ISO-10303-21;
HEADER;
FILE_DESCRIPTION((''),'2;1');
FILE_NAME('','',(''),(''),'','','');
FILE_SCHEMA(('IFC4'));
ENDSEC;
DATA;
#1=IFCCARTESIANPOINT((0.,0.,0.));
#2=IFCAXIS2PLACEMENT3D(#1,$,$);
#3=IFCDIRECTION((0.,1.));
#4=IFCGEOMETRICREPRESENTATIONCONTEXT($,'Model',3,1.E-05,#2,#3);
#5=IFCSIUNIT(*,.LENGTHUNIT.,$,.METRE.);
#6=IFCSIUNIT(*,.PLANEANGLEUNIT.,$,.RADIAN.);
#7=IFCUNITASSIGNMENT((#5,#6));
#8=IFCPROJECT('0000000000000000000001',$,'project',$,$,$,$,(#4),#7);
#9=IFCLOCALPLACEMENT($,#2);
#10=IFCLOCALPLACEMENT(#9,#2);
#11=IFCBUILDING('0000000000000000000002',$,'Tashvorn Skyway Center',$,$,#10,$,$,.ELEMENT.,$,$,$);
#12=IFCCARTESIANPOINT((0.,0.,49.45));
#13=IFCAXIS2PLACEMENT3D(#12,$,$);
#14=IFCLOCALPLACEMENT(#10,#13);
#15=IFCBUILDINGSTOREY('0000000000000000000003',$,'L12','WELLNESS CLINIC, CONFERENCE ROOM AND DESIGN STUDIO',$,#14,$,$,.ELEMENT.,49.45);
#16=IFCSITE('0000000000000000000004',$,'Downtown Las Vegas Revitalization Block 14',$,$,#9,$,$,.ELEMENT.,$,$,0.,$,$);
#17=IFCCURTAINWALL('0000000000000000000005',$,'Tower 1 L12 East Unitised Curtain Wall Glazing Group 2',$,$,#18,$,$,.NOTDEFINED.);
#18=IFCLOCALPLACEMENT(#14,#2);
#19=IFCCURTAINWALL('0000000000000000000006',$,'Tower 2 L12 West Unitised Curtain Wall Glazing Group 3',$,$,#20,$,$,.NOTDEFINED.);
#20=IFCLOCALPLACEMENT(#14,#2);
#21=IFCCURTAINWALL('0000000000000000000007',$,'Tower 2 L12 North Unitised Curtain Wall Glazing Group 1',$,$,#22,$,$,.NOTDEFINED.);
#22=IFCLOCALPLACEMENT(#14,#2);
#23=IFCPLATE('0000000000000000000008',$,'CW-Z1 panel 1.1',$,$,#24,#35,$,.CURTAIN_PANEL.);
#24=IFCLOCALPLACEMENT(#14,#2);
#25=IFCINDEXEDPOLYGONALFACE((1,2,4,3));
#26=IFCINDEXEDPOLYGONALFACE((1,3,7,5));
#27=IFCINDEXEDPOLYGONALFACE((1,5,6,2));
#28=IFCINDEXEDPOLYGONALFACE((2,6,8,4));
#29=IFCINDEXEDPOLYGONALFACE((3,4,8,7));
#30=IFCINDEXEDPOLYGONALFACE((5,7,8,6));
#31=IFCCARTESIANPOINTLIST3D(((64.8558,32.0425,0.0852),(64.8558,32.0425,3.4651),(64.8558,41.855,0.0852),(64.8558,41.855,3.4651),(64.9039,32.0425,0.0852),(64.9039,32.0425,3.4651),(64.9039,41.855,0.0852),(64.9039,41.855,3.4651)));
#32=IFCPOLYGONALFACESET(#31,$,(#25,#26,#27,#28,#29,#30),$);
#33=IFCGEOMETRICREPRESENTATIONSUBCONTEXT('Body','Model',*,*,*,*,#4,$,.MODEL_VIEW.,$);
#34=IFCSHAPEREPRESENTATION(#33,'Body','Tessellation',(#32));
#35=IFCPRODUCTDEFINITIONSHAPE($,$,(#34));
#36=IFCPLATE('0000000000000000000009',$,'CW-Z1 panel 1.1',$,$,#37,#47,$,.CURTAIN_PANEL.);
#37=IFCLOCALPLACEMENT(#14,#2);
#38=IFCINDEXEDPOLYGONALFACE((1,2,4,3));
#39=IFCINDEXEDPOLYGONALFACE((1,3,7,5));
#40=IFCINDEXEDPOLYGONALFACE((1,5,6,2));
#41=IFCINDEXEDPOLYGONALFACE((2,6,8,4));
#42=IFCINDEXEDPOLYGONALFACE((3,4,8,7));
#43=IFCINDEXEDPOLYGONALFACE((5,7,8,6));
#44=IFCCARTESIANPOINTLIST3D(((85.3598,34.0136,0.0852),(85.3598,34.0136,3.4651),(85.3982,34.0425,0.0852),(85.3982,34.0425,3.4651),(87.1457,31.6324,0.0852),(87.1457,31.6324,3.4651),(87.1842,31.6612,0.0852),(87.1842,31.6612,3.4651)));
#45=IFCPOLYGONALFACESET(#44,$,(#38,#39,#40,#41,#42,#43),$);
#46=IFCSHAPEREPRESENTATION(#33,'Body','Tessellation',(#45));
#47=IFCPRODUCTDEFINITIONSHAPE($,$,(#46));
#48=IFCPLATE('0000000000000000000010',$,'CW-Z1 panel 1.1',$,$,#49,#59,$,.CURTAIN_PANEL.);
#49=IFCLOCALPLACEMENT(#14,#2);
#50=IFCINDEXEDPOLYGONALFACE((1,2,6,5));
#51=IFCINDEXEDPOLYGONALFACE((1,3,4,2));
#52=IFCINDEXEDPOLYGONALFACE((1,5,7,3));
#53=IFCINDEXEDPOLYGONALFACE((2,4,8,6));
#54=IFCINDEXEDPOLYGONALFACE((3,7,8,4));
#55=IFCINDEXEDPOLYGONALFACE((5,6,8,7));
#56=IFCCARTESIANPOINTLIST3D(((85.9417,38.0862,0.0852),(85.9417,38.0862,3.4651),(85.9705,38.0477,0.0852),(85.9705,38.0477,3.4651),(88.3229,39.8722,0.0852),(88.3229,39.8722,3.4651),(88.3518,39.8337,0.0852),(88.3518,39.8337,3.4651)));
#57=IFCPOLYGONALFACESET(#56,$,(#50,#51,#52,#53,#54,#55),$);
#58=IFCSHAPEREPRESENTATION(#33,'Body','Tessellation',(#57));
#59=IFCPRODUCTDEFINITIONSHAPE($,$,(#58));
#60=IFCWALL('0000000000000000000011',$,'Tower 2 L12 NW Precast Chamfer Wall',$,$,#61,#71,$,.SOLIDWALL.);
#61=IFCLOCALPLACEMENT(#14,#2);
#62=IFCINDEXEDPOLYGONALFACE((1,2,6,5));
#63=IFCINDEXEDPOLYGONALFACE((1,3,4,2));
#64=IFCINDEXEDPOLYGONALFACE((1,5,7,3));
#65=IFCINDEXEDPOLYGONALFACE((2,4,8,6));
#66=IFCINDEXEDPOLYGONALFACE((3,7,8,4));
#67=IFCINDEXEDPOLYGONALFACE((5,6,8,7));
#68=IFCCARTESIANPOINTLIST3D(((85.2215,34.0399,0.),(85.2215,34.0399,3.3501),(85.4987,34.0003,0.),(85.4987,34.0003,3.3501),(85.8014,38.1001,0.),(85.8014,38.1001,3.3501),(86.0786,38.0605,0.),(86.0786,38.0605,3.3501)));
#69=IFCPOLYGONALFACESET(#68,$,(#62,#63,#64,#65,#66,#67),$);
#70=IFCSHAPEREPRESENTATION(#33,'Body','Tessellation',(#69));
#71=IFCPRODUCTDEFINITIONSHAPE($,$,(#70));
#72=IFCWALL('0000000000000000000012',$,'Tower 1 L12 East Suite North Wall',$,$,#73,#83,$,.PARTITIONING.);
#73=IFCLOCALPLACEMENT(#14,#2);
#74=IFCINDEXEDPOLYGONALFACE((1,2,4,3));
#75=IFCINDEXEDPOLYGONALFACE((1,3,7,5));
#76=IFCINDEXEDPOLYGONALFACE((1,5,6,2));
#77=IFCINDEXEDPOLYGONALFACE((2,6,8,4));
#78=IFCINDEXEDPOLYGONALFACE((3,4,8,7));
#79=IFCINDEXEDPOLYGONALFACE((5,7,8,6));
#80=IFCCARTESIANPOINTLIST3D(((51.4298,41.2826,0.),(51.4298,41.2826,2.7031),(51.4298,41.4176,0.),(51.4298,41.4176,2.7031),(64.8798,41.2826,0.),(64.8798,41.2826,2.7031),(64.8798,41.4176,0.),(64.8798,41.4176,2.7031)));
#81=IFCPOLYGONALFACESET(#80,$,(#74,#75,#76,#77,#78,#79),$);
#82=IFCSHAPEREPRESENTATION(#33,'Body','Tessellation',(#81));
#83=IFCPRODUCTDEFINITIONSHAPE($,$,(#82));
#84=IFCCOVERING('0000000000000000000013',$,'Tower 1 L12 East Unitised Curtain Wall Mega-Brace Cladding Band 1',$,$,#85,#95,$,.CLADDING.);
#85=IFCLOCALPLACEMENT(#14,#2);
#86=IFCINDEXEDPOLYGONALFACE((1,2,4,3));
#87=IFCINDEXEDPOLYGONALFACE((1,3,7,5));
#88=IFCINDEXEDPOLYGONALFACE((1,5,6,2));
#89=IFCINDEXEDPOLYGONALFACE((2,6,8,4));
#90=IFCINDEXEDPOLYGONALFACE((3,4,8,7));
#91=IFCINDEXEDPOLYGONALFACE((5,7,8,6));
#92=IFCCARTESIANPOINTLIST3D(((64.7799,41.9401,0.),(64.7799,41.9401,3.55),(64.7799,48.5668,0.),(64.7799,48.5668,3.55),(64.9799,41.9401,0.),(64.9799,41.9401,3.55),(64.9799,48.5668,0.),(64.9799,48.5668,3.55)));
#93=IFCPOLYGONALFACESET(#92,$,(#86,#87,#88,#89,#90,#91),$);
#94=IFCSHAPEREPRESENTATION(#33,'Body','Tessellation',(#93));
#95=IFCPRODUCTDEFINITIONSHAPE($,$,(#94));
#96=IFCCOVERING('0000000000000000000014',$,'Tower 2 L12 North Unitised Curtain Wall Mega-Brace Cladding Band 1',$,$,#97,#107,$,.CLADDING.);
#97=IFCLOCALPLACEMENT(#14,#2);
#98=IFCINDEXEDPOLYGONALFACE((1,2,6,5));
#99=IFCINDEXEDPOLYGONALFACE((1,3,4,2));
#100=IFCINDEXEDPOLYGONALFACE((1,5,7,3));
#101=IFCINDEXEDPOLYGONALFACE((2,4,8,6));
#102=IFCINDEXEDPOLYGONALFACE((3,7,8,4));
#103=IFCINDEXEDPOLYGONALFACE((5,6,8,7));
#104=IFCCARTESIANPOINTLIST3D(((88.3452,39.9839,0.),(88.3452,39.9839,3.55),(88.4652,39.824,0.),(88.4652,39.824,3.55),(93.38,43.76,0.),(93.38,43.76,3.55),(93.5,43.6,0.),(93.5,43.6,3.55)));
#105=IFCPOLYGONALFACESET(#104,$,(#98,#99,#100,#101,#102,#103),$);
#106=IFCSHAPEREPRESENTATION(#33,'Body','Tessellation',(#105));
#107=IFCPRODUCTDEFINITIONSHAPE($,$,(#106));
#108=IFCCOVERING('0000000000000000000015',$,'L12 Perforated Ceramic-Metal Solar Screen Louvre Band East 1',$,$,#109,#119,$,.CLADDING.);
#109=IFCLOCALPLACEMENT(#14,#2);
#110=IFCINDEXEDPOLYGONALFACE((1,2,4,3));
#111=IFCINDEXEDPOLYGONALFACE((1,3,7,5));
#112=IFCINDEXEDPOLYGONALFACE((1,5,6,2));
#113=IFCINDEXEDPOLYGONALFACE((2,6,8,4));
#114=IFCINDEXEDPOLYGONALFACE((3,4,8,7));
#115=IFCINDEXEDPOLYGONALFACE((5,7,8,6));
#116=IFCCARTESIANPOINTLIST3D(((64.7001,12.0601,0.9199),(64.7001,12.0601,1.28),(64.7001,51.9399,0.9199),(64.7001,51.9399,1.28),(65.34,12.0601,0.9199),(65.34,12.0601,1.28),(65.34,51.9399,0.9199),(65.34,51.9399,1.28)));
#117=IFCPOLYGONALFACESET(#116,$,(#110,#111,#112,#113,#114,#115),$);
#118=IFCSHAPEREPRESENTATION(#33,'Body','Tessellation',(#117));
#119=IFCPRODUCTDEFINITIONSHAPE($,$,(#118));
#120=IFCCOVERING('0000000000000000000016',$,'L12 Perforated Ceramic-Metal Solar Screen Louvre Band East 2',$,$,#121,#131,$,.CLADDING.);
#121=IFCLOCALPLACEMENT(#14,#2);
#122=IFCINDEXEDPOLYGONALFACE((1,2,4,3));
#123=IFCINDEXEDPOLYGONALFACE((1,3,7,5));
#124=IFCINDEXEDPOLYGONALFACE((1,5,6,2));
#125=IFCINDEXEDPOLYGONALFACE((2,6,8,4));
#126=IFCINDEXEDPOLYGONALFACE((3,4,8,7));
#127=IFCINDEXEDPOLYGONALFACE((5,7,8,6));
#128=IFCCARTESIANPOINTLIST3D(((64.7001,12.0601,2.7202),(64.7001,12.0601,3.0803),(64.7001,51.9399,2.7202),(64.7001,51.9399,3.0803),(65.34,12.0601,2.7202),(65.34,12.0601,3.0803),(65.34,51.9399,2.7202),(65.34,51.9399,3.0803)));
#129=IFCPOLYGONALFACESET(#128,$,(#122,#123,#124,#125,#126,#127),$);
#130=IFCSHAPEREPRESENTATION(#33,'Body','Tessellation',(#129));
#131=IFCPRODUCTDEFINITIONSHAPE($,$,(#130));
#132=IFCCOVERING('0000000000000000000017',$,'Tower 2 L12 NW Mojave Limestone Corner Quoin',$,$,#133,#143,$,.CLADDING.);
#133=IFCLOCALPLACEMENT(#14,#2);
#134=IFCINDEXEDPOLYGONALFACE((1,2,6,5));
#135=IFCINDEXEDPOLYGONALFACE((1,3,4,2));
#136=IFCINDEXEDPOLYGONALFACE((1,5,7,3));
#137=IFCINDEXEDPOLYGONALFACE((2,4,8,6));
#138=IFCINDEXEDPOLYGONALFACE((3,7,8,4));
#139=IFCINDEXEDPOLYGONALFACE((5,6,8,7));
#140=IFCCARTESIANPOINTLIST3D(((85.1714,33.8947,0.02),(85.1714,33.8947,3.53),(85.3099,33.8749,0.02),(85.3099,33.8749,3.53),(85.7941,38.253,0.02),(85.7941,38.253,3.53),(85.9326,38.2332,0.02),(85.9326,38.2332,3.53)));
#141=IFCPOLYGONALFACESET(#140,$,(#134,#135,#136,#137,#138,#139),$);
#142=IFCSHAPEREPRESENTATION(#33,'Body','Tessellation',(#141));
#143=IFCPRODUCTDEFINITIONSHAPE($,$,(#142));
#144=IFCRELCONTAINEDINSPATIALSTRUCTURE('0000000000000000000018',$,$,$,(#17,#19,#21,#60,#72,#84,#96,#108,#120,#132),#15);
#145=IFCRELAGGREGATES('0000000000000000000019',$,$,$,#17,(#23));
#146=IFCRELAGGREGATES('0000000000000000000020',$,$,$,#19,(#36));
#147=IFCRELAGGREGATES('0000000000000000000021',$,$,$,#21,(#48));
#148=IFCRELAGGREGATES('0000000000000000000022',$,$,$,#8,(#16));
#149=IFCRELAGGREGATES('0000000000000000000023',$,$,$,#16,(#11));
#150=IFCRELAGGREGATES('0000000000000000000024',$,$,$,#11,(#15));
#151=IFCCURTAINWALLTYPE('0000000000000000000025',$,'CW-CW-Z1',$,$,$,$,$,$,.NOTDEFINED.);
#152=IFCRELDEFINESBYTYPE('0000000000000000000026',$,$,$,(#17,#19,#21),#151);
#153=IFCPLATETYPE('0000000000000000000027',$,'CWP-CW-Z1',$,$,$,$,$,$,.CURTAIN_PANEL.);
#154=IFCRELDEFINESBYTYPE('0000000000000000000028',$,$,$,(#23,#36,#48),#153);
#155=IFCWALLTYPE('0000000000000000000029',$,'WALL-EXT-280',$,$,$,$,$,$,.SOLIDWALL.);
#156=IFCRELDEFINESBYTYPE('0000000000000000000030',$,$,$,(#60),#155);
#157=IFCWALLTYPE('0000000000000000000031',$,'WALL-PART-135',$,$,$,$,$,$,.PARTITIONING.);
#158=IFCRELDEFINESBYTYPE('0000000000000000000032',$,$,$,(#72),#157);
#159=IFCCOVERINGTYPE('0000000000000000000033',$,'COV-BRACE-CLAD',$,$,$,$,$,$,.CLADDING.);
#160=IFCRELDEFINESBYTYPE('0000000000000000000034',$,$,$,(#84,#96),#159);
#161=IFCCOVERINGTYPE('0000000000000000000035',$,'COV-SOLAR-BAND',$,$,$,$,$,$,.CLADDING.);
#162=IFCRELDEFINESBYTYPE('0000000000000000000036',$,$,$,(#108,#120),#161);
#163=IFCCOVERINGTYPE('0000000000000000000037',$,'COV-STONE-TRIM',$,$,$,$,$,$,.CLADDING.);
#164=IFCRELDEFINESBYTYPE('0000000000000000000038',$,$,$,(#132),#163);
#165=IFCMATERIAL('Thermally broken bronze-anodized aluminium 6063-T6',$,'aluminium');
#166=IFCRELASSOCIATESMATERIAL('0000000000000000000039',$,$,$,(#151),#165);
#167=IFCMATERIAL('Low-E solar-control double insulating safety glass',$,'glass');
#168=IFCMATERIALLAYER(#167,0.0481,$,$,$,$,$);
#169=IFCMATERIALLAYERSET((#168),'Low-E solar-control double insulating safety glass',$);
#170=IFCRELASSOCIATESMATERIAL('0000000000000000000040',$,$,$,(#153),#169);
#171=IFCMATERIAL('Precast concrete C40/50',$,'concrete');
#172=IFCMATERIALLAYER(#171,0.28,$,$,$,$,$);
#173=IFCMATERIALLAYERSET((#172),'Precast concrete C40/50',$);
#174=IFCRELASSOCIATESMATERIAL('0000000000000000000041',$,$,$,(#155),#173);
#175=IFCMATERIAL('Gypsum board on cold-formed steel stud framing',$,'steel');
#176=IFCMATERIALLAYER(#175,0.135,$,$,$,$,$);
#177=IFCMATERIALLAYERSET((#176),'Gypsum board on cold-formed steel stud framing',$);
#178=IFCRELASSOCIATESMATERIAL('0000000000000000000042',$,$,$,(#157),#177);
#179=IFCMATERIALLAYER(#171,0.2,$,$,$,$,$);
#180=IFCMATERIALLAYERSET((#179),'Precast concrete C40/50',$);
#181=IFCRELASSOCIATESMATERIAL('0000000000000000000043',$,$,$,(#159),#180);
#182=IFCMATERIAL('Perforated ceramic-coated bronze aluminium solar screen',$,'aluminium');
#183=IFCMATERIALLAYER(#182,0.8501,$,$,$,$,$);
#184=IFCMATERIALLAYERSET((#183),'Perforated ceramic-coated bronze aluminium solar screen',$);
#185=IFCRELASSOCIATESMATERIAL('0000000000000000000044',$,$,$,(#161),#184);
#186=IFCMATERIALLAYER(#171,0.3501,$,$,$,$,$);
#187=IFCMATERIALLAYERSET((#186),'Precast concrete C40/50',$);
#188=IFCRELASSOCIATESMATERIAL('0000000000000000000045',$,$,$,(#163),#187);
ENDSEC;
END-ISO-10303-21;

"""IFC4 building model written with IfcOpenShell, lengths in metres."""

from ifc_helpers import new_model, si_unit, direction, frame, frame_2d, origin, origin_2d, place, context, subcontext, project, spatial, rectangle, extrude, material, layer, layer_set, type_object, element, aggregate, save


model = new_model("IFC4")

# Units and contexts
model_context = context("Model", 3, precision=1e-05, world=origin(), true_north=direction((0.0, 1.0)))
body_context = subcontext(model_context, "Body", "Model", "MODEL_VIEW")
ifc_project = project(units=[si_unit("LENGTHUNIT", "METRE"), si_unit("PLANEANGLEUNIT", "RADIAN")], contexts=[model_context])

# Site, building, storey
site_placement = place(None, origin())
site = spatial("IfcSite", under=ifc_project, at=site_placement, Name="Downtown Las Vegas Revitalization Block 14", CompositionType="ELEMENT", RefElevation=0.0)
building_placement = place(site_placement, origin())
building = spatial("IfcBuilding", under=site, at=building_placement, Name="Tashvorn Skyway Center", CompositionType="ELEMENT")
storey_placement = place(building_placement, frame((0.0, 0.0, 49.45)))
storey = spatial("IfcBuildingStorey", under=building, at=storey_placement, Name="L12", Description="WELLNESS CLINIC, CONFERENCE ROOM AND DESIGN STUDIO", CompositionType="ELEMENT", Elevation=49.45)

# Curtain walls
ifc_material_1 = material(Name="Thermally broken bronze-anodized aluminium 6063-T6", Category="aluminium")
curtain_wall_type = type_object("IfcCurtainWallType", Name="CW-CW-Z1", PredefinedType="NOTDEFINED", material=ifc_material_1)
curtain_wall_1_placement = place(storey_placement, origin())
curtain_wall_1 = element("IfcCurtainWall", 1, at=curtain_wall_1_placement, inside=storey, type_object=curtain_wall_type, Name="Tower 1 L12 East Unitised Curtain Wall Glazing Group 2", PredefinedType="NOTDEFINED")
curtain_wall_2_placement = place(storey_placement, origin())
curtain_wall_2 = element("IfcCurtainWall", 2, at=curtain_wall_2_placement, inside=storey, type_object=curtain_wall_type, Name="Tower 2 L12 West Unitised Curtain Wall Glazing Group 3", PredefinedType="NOTDEFINED")
curtain_wall_3_placement = place(storey_placement, origin())
curtain_wall_3 = element("IfcCurtainWall", 3, at=curtain_wall_3_placement, inside=storey, type_object=curtain_wall_type, Name="Tower 2 L12 North Unitised Curtain Wall Glazing Group 1", PredefinedType="NOTDEFINED")

# Shared definitions
ifc_material_2 = material(Name="Low-E solar-control double insulating safety glass", Category="glass")
ifc_layer_1 = layer(ifc_material_2, 0.0481)
ifc_layer_set_1 = layer_set([ifc_layer_1], Name="Low-E solar-control double insulating safety glass")
plate_type = type_object("IfcPlateType", Name="CWP-CW-Z1", PredefinedType="CURTAIN_PANEL", material=ifc_layer_set_1)

# Plates
plate_1_placement = place(storey_placement, frame((64.8799, 36.9487, 0.0852), z_axis=(0.0, 0.0, 1.0), x_axis=(0.0, -1.0, 0.0)))
plate_1 = element("IfcPlate", 4, at=plate_1_placement, type_object=plate_type, Name="CW-Z1 panel 1.1", PredefinedType="CURTAIN_PANEL", context=body_context, shape_type="SweptSolid", body=[
    extrude(rectangle(XDim=9.8125, YDim=0.0481, at=origin_2d()), origin(), (0.0, 0.0, 1.0), 3.3799),
])
aggregate(curtain_wall_1, [plate_1])
plate_2_placement = place(storey_placement, frame((86.272, 32.8374, 0.0852), z_axis=(0.0, 0.0, 1.0), x_axis=(-0.600005, 0.799996, 0.0)))
plate_2 = element("IfcPlate", 5, at=plate_2_placement, type_object=plate_type, Name="CW-Z1 panel 1.1", PredefinedType="CURTAIN_PANEL", context=body_context, shape_type="SweptSolid", body=[
    extrude(rectangle(XDim=2.9766, YDim=0.0481, at=origin_2d()), origin(), (0.0, 0.0, 1.0), 3.3799),
])
aggregate(curtain_wall_2, [plate_2])
plate_3_placement = place(storey_placement, frame((87.1467, 38.96, 0.0852), z_axis=(0.0, 0.0, 1.0), x_axis=(0.799996, 0.600005, 0.0)))
plate_3 = element("IfcPlate", 6, at=plate_3_placement, type_object=plate_type, Name="CW-Z1 panel 1.1", PredefinedType="CURTAIN_PANEL", context=body_context, shape_type="SweptSolid", body=[
    extrude(rectangle(XDim=2.9766, YDim=0.0481, at=origin_2d()), origin(), (0.0, 0.0, 1.0), 3.3799),
])
aggregate(curtain_wall_3, [plate_3])

# Walls
ifc_material_3 = material(Name="Precast concrete C40/50", Category="concrete")
ifc_layer_2 = layer(ifc_material_3, 0.28)
ifc_layer_set_2 = layer_set([ifc_layer_2], Name="Precast concrete C40/50")
wall_type_1 = type_object("IfcWallType", Name="WALL-EXT-280", PredefinedType="SOLIDWALL", material=ifc_layer_set_2)
wall_1_placement = place(storey_placement, frame((85.3601, 34.02, 0.0), z_axis=(0.0, 0.0, 1.0), x_axis=(0.14138, 0.989955, 0.0)))
element("IfcWall", 7, at=wall_1_placement, inside=storey, type_object=wall_type_1, Name="Tower 2 L12 NW Precast Chamfer Wall", PredefinedType="SOLIDWALL", context=body_context, shape_type="SweptSolid", body=[
    extrude(rectangle(XDim=4.1013, YDim=0.28, at=frame_2d((2.0508, 0.0))), origin(), (0.0, 0.0, 1.0), 3.3501),
])
ifc_material_4 = material(Name="Gypsum board on cold-formed steel stud framing", Category="steel")
ifc_layer_3 = layer(ifc_material_4, 0.135)
ifc_layer_set_3 = layer_set([ifc_layer_3], Name="Gypsum board on cold-formed steel stud framing")
wall_type_2 = type_object("IfcWallType", Name="WALL-PART-135", PredefinedType="PARTITIONING", material=ifc_layer_set_3)
wall_2_placement = place(storey_placement, frame((64.8799, 41.3501, 0.0), z_axis=(0.0, 0.0, 1.0), x_axis=(-1.0, 0.0, 0.0)))
element("IfcWall", 8, at=wall_2_placement, inside=storey, type_object=wall_type_2, Name="Tower 1 L12 East Suite North Wall", PredefinedType="PARTITIONING", context=body_context, shape_type="SweptSolid", body=[
    extrude(rectangle(XDim=13.45, YDim=0.135, at=frame_2d((6.7251, 0.0))), origin(), (0.0, 0.0, 1.0), 2.7031),
])

# Coverings
ifc_layer_4 = layer(ifc_material_3, 0.2)
ifc_layer_set_4 = layer_set([ifc_layer_4], Name="Precast concrete C40/50")
covering_type_1 = type_object("IfcCoveringType", Name="COV-BRACE-CLAD", PredefinedType="CLADDING", material=ifc_layer_set_4)
covering_1_placement = place(storey_placement, frame((64.8799, 45.2534, 0.0), z_axis=(0.0, 0.0, 1.0), x_axis=(0.0, -1.0, 0.0)))
element("IfcCovering", 9, at=covering_1_placement, inside=storey, type_object=covering_type_1, Name="Tower 1 L12 East Unitised Curtain Wall Mega-Brace Cladding Band 1", PredefinedType="CLADDING", context=body_context, shape_type="SweptSolid", body=[
    extrude(rectangle(XDim=6.6267, YDim=0.2, at=origin_2d()), origin(), (0.0, 0.0, 1.0), 3.55),
])
covering_2_placement = place(storey_placement, frame((90.9226, 41.792, 0.0), z_axis=(0.0, 0.0, 1.0), x_axis=(0.8, 0.6, 0.0)))
element("IfcCovering", 10, at=covering_2_placement, inside=storey, type_object=covering_type_1, Name="Tower 2 L12 North Unitised Curtain Wall Mega-Brace Cladding Band 1", PredefinedType="CLADDING", context=body_context, shape_type="SweptSolid", body=[
    extrude(rectangle(XDim=6.2935, YDim=0.2, at=origin_2d()), origin(), (0.0, 0.0, 1.0), 3.55),
])
ifc_material_5 = material(Name="Perforated ceramic-coated bronze aluminium solar screen", Category="aluminium")
ifc_layer_5 = layer(ifc_material_5, 0.8501)
ifc_layer_set_5 = layer_set([ifc_layer_5], Name="Perforated ceramic-coated bronze aluminium solar screen")
covering_type_2 = type_object("IfcCoveringType", Name="COV-SOLAR-BAND", PredefinedType="CLADDING", material=ifc_layer_set_5)
for number, where, z_axis, x_axis, name in (
    (11, (65.02, 32.0, 0.9199), (0.0, 0.0, 1.0), (0.0, -1.0, 0.0), "L12 Perforated Ceramic-Metal Solar Screen Louvre Band East 1"),
    (12, (65.02, 32.0, 2.7202), (0.0, 0.0, 1.0), (0.0, -1.0, 0.0), "L12 Perforated Ceramic-Metal Solar Screen Louvre Band East 2"),
):
    element("IfcCovering", number, at=place(storey_placement, frame(where, z_axis=z_axis, x_axis=x_axis)), inside=storey, type_object=covering_type_2, Name=name, PredefinedType="CLADDING", context=body_context, shape_type="SweptSolid", body=[
        extrude(rectangle(XDim=39.8799, YDim=0.6399, at=origin_2d()), origin(), (0.0, 0.0, 1.0), 0.3601),
    ])
ifc_layer_6 = layer(ifc_material_3, 0.3501)
ifc_layer_set_6 = layer_set([ifc_layer_6], Name="Precast concrete C40/50")
covering_type_3 = type_object("IfcCoveringType", Name="COV-STONE-TRIM", PredefinedType="CLADDING", material=ifc_layer_set_6)
covering_3_placement = place(storey_placement, frame((85.552, 36.064, 0.02), z_axis=(0.0, 0.0, 1.0), x_axis=(-0.141421, -0.989949, 0.0)))
element("IfcCovering", 13, at=covering_3_placement, inside=storey, type_object=covering_type_3, Name="Tower 2 L12 NW Mojave Limestone Corner Quoin", PredefinedType="CLADDING", context=body_context, shape_type="SweptSolid", body=[
    extrude(rectangle(XDim=4.4026, YDim=0.1399, at=origin_2d()), origin(), (0.0, 0.0, 1.0), 3.51),
])

save(model, "model.ifc")
